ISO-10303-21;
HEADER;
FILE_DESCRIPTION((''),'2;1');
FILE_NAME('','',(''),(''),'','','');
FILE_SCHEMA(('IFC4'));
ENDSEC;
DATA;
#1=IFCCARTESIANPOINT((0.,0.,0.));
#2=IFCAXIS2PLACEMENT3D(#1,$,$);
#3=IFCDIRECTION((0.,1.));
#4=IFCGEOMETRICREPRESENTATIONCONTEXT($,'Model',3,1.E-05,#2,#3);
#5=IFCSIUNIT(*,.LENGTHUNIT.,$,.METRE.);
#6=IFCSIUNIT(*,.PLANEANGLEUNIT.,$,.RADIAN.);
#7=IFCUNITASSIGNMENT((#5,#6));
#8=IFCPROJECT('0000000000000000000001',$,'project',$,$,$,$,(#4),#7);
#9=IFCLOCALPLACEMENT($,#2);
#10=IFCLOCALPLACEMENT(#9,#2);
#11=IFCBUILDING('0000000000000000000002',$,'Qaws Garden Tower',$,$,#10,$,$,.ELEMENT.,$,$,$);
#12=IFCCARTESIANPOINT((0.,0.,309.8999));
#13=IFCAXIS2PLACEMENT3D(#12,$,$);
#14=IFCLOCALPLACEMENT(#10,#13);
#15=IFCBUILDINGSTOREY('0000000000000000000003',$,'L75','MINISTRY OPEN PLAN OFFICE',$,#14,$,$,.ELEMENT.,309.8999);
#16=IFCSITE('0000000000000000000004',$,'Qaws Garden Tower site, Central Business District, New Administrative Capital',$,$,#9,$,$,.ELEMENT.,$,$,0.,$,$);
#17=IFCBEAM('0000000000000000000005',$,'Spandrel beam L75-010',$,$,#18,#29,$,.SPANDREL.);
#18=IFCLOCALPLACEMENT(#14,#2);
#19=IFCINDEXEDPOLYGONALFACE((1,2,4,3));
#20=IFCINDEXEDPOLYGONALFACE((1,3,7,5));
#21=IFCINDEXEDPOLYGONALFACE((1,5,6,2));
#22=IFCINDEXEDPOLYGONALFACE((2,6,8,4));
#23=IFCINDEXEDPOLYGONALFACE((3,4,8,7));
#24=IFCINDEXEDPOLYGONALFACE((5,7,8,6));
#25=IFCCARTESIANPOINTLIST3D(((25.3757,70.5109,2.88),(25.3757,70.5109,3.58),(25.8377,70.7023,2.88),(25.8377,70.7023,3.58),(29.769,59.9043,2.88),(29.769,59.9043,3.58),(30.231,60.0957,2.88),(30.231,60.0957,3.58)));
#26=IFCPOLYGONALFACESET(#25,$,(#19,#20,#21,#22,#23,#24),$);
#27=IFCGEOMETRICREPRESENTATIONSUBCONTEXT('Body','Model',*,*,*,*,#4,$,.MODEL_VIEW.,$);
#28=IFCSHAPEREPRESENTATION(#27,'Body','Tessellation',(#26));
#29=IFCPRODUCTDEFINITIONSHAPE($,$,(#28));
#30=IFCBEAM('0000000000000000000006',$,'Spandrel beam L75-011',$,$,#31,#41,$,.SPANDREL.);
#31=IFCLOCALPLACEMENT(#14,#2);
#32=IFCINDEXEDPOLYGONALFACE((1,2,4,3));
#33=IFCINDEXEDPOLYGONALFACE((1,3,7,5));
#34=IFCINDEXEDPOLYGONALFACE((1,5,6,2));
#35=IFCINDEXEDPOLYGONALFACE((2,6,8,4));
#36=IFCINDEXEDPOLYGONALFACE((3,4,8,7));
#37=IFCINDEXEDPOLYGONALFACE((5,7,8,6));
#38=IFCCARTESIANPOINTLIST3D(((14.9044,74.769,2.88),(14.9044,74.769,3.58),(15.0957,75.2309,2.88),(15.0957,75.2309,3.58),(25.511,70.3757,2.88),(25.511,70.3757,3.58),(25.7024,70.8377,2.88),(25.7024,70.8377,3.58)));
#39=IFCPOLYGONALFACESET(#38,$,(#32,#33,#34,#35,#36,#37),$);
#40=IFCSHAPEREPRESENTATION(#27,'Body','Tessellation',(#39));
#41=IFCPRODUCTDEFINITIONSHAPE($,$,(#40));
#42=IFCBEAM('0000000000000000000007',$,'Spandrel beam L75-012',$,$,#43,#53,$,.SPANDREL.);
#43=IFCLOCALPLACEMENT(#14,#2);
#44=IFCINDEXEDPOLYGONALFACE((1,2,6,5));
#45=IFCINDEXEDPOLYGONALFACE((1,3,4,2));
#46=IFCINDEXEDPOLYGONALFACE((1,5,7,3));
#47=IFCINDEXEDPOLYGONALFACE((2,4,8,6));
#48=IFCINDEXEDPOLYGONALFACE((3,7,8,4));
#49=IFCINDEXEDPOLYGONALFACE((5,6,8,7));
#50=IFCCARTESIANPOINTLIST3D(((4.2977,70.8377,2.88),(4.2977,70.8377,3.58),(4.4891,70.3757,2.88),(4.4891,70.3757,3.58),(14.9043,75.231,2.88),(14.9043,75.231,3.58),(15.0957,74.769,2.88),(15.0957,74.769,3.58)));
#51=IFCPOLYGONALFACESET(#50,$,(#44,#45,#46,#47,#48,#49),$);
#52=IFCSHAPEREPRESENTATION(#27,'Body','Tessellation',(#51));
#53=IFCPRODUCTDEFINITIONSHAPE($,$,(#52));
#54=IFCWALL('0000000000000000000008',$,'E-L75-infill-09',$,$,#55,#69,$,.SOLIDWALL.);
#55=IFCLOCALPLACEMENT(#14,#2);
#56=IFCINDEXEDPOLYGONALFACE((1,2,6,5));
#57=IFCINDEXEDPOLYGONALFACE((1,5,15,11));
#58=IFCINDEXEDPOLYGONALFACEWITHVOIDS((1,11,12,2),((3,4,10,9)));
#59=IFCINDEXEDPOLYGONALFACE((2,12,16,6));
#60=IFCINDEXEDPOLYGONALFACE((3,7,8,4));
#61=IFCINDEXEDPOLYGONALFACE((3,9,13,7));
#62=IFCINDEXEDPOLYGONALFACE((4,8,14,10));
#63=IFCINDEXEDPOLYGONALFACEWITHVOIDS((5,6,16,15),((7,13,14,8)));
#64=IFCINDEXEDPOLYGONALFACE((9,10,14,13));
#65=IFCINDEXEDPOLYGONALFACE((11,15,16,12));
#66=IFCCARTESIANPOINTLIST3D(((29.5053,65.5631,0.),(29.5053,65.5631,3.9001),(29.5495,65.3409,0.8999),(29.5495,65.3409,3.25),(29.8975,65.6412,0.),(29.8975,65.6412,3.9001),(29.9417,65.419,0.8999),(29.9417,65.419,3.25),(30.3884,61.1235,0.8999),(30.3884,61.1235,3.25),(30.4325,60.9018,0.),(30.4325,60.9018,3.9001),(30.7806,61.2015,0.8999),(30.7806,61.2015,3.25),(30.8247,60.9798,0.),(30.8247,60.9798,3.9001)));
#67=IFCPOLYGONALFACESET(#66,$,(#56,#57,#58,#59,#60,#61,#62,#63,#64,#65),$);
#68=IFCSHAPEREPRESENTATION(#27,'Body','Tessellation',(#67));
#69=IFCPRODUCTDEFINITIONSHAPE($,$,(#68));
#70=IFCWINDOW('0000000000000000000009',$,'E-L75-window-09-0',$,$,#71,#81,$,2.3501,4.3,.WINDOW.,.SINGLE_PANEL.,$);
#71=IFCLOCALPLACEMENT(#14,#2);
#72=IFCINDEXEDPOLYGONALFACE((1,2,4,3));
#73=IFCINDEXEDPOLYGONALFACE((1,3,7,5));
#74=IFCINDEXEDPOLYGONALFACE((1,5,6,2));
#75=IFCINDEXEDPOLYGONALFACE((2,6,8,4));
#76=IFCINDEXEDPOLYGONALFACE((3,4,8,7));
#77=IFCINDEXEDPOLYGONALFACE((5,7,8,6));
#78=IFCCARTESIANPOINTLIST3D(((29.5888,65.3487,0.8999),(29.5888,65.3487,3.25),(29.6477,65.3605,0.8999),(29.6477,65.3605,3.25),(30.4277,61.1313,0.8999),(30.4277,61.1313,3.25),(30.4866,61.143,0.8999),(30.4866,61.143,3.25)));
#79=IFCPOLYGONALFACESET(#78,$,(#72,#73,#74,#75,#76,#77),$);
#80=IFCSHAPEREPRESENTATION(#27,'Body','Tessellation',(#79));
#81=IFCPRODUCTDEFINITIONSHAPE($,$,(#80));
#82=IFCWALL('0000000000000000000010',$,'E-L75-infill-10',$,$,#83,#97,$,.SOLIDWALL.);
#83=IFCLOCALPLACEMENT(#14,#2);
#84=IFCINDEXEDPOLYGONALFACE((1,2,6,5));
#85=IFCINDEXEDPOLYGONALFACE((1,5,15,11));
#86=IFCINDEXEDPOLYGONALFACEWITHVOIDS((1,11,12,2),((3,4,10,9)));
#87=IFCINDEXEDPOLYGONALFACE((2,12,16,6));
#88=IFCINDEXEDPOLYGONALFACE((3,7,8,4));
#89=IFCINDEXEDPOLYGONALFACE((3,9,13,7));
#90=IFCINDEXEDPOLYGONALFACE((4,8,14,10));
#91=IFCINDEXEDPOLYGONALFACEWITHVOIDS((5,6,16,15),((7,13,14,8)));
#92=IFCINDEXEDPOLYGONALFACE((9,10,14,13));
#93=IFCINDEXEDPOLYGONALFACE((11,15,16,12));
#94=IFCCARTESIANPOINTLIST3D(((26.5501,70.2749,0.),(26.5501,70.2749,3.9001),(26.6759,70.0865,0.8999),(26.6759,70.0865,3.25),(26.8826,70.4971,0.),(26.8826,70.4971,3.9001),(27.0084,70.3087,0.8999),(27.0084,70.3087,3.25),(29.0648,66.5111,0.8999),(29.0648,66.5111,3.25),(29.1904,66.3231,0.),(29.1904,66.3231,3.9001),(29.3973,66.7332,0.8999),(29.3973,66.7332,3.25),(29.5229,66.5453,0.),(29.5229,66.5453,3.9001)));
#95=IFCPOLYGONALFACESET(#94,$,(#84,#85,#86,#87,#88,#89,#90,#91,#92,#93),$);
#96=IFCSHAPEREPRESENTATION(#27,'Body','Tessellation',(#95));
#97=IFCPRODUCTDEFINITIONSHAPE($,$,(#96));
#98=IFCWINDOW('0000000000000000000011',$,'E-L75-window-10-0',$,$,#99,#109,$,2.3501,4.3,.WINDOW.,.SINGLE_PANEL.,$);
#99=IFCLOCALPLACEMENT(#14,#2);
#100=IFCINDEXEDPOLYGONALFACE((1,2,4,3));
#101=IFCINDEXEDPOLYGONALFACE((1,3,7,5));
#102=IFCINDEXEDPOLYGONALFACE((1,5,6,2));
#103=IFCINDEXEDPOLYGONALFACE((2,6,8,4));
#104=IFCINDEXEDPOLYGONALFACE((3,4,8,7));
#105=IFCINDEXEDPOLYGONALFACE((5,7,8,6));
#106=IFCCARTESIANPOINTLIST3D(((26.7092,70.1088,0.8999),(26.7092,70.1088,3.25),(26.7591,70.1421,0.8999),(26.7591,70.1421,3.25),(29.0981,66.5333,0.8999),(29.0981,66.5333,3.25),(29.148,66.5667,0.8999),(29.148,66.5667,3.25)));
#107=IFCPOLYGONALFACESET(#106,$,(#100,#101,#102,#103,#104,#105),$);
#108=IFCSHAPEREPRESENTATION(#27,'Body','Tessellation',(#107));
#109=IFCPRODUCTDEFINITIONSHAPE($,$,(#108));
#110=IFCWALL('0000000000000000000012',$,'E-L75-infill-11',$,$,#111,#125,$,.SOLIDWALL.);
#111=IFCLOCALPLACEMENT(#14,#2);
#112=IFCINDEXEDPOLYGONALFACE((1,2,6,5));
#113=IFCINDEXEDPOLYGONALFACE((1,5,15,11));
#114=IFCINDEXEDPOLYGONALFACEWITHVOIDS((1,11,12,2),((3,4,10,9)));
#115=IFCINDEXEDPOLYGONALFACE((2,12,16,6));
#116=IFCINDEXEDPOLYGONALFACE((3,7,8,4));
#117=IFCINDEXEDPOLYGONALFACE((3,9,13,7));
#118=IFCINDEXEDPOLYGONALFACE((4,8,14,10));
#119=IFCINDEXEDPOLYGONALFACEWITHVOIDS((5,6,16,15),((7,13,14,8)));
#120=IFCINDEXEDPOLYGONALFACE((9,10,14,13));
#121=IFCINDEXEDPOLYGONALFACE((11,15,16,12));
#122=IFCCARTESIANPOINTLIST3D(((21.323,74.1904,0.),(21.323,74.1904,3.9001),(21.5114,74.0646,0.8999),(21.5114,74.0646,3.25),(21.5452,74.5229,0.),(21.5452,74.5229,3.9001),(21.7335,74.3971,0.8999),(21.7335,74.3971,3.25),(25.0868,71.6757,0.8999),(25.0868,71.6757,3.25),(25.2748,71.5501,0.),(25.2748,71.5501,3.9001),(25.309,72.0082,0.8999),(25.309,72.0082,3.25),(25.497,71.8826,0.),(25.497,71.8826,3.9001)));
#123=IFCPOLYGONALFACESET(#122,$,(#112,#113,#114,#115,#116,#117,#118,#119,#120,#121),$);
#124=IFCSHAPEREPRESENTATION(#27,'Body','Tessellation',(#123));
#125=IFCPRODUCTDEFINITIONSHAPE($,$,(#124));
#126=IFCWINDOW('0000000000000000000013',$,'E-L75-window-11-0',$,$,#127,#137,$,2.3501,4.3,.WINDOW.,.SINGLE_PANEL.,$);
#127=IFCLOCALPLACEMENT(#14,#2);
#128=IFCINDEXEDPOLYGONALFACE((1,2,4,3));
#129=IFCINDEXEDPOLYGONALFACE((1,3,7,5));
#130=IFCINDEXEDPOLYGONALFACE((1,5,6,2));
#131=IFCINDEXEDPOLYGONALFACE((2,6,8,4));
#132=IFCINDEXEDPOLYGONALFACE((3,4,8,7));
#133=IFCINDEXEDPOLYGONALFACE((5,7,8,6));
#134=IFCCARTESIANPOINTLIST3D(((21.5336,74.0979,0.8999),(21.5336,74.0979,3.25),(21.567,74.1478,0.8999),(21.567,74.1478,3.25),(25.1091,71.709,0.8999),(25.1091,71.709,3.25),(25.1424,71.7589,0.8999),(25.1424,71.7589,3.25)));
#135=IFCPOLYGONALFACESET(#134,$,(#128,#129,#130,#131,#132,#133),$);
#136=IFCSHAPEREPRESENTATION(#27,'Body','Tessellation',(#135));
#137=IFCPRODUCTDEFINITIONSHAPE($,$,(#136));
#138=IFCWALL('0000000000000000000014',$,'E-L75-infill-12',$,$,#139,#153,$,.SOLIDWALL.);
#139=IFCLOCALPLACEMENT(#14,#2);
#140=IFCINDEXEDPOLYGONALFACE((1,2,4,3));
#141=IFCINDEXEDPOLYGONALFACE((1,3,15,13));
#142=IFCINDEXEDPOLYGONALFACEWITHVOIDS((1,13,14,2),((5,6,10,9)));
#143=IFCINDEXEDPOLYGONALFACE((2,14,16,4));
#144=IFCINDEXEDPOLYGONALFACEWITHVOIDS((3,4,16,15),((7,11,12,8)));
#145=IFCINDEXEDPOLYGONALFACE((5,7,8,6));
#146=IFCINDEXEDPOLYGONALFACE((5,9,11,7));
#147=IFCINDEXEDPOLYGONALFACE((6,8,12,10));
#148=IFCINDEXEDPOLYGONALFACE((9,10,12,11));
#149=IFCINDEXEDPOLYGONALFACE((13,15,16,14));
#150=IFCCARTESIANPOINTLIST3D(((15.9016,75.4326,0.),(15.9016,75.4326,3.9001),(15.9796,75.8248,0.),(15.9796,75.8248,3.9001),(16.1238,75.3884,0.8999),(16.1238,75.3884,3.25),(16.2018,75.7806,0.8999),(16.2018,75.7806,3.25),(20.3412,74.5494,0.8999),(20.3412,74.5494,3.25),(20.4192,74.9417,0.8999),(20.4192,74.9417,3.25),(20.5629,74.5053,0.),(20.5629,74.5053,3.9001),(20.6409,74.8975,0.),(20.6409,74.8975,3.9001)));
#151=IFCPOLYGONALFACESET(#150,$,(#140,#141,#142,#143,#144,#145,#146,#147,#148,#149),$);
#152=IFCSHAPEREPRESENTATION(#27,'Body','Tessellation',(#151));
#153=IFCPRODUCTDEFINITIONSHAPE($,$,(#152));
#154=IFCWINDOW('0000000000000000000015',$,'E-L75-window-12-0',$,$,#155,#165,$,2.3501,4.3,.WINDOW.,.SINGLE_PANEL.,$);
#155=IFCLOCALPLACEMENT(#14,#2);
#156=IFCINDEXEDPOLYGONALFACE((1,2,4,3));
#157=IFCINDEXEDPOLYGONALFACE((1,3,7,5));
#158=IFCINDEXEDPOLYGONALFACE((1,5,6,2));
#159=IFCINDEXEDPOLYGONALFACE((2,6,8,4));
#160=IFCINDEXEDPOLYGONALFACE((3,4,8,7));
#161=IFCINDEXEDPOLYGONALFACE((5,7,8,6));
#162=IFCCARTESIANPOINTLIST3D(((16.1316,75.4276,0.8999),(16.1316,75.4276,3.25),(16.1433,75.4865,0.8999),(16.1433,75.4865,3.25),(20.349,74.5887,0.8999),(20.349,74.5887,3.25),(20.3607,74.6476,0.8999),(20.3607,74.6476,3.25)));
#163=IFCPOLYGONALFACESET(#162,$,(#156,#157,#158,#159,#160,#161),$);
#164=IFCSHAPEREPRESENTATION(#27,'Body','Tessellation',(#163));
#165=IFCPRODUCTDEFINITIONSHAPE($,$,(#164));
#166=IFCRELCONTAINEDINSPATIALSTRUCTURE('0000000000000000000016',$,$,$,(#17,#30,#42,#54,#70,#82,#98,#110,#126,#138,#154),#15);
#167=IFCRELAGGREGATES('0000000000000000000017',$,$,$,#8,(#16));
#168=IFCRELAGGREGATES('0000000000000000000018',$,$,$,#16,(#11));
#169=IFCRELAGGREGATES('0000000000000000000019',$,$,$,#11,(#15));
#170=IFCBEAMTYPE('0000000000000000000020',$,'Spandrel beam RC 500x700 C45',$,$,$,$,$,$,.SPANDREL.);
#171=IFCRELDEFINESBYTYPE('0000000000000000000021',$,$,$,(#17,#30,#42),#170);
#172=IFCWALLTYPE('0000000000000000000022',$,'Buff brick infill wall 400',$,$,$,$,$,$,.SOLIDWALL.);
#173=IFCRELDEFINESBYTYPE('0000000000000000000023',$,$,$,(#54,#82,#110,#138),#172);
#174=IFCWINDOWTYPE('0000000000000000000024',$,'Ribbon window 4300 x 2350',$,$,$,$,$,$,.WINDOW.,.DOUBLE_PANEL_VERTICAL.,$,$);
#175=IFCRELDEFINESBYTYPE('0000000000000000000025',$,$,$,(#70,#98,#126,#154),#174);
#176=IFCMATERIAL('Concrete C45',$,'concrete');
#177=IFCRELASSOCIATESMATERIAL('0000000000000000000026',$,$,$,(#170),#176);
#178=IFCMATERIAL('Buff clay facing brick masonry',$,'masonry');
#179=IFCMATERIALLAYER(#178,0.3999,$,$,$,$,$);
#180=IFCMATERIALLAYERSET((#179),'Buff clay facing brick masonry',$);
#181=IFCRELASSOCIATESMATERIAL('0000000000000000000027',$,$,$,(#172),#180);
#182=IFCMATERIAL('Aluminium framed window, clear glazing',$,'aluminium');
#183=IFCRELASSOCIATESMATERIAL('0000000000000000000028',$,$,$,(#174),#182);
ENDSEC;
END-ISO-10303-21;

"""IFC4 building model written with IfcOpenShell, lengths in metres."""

from ifc_helpers import new_model, si_unit, direction, frame, frame_2d, origin, origin_2d, place, context, subcontext, project, spatial, rectangle, extrude, material, layer, layer_set, material_profile, profile_set, type_object, element, fill, save


model = new_model("IFC4")

# Units and contexts
model_context = context("Model", 3, precision=1e-05, world=origin(), true_north=direction((0.0, 1.0)))
body_context = subcontext(model_context, "Body", "Model", "MODEL_VIEW")
ifc_project = project(units=[si_unit("LENGTHUNIT", "METRE"), si_unit("PLANEANGLEUNIT", "RADIAN")], contexts=[model_context])

# Site, building, storey
site_placement = place(None, origin())
site = spatial("IfcSite", under=ifc_project, at=site_placement, Name="Qaws Garden Tower site, Central Business District, New Administrative Capital", CompositionType="ELEMENT", RefElevation=0.0)
building_placement = place(site_placement, origin())
building = spatial("IfcBuilding", under=site, at=building_placement, Name="Qaws Garden Tower", CompositionType="ELEMENT")
storey_placement = place(building_placement, frame((0.0, 0.0, 309.8999)))
storey = spatial("IfcBuildingStorey", under=building, at=storey_placement, Name="L75", Description="MINISTRY OPEN PLAN OFFICE", CompositionType="ELEMENT", Elevation=309.8999)

# Beams
ifc_material_1 = material(Name="Concrete C45", Category="concrete")
ifc_material_profile_1 = material_profile(ifc_material_1, rectangle(XDim=0.5, YDim=0.7, at=origin_2d()), Name="RC 500x700")
ifc_profile_set_1 = profile_set([ifc_material_profile_1], Name="Concrete C45")
beam_type = type_object("IfcBeamType", Name="Spandrel beam RC 500x700 C45", PredefinedType="SPANDREL", material=ifc_profile_set_1)
for number, where, z_axis, x_axis, name in (
    (1, (30.0, 60.0, 3.23), (-0.382674, 0.923883, 0.0), (-0.923883, -0.382674, 0.0), "Spandrel beam L75-010"),
    (2, (25.6067, 70.6067, 3.23), (-0.923883, 0.382674, 0.0), (-0.382674, -0.923883, 0.0), "Spandrel beam L75-011"),
    (3, (15.0, 75.0, 3.23), (-0.923883, -0.382674, 0.0), (0.382674, -0.923883, 0.0), "Spandrel beam L75-012"),
):
    element("IfcBeam", number, at=place(storey_placement, frame(where, z_axis=z_axis, x_axis=x_axis)), inside=storey, type_object=beam_type, Name=name, PredefinedType="SPANDREL", context=body_context, shape_type="SweptSolid", body=[
        extrude(rectangle(XDim=0.5, YDim=0.7, at=origin_2d()), origin(), (0.0, 0.0, 1.0), 11.4805),
    ])

# Walls, openings, windows
ifc_material_2 = material(Name="Buff clay facing brick masonry", Category="masonry")
ifc_layer_1 = layer(ifc_material_2, 0.3999)
ifc_layer_set_1 = layer_set([ifc_layer_1], Name="Buff clay facing brick masonry")
wall_type_1 = type_object("IfcWallType", Name="Buff brick infill wall 400", PredefinedType="SOLIDWALL", material=ifc_layer_set_1)
wall_1_placement = place(storey_placement, frame((30.6287, 60.9407, 0.0), z_axis=(0.0, 0.0, 1.0), x_axis=(-0.195099, 0.980784, 0.0)))
wall_1 = element("IfcWall", 4, at=wall_1_placement, inside=storey, type_object=wall_type_1, Name="E-L75-infill-09", PredefinedType="SOLIDWALL", context=body_context, shape_type="SweptSolid", body=[
    extrude(rectangle(XDim=4.7527, YDim=0.3999, at=frame_2d((2.3765, 0.0))), origin(), (0.0, 0.0, 1.0), 3.9001),
])
opening_1_placement = place(wall_1_placement, frame((0.2263, 0.0, 0.8999)))
opening_1 = element("IfcOpeningElement", 5, at=opening_1_placement, cuts=wall_1, PredefinedType="OPENING", context=body_context, shape_type="SweptSolid", body=[
    extrude(rectangle(XDim=4.3, YDim=2.3501, at=frame_2d((2.1499, 1.175))), frame((0.0, 0.21, 0.0), z_axis=(0.0, -1.0, 0.0), x_axis=(1.0, 0.0, 0.0)), (0.0, 0.0, 1.0), 0.4199),
])
ifc_material_3 = material(Name="Aluminium framed window, clear glazing", Category="aluminium")
window_type = type_object("IfcWindowType", Name="Ribbon window 4300 x 2350", PartitioningType="DOUBLE_PANEL_VERTICAL", PredefinedType="WINDOW", material=ifc_material_3)
window_1_placement = place(opening_1_placement, origin())
window_1 = element("IfcWindow", 6, at=window_1_placement, inside=storey, type_object=window_type, Name="E-L75-window-09-0", OverallHeight=2.3501, OverallWidth=4.3, PartitioningType="SINGLE_PANEL", PredefinedType="WINDOW", context=body_context, shape_type="SweptSolid", body=[
    extrude(rectangle(XDim=4.3, YDim=2.3501, at=frame_2d((2.1499, 1.175))), frame((0.0, 0.1599, 0.0), z_axis=(0.0, -1.0, 0.0), x_axis=(1.0, 0.0, 0.0)), (0.0, 0.0, 1.0), 0.0601),
])
fill(opening_1, window_1)
wall_2_placement = place(storey_placement, frame((29.3567, 66.4341, 0.0), z_axis=(0.0, 0.0, 1.0), x_axis=(-0.555542, 0.831489, 0.0)))
wall_2 = element("IfcWall", 7, at=wall_2_placement, inside=storey, type_object=wall_type_1, Name="E-L75-infill-10", PredefinedType="SOLIDWALL", context=body_context, shape_type="SweptSolid", body=[
    extrude(rectangle(XDim=4.7527, YDim=0.3999, at=frame_2d((2.3765, 0.0))), origin(), (0.0, 0.0, 1.0), 3.9001),
])
opening_2_placement = place(wall_2_placement, frame((0.2263, 0.0, 0.8999)))
opening_2 = element("IfcOpeningElement", 8, at=opening_2_placement, cuts=wall_2, PredefinedType="OPENING", context=body_context, shape_type="SweptSolid", body=[
    extrude(rectangle(XDim=4.3, YDim=2.3501, at=frame_2d((2.1499, 1.175))), frame((0.0, 0.21, 0.0), z_axis=(0.0, -1.0, 0.0), x_axis=(1.0, 0.0, 0.0)), (0.0, 0.0, 1.0), 0.4199),
])
window_2_placement = place(opening_2_placement, origin())
window_2 = element("IfcWindow", 9, at=window_2_placement, inside=storey, type_object=window_type, Name="E-L75-window-10-0", OverallHeight=2.3501, OverallWidth=4.3, PartitioningType="SINGLE_PANEL", PredefinedType="WINDOW", context=body_context, shape_type="SweptSolid", body=[
    extrude(rectangle(XDim=4.3, YDim=2.3501, at=frame_2d((2.1499, 1.175))), frame((0.0, 0.1599, 0.0), z_axis=(0.0, -1.0, 0.0), x_axis=(1.0, 0.0, 0.0)), (0.0, 0.0, 1.0), 0.0601),
])
fill(opening_2, window_2)
wall_3_placement = place(storey_placement, frame((25.386, 71.7163, 0.0), z_axis=(0.0, 0.0, 1.0), x_axis=(-0.831489, 0.555542, 0.0)))
wall_3 = element("IfcWall", 10, at=wall_3_placement, inside=storey, type_object=wall_type_1, Name="E-L75-infill-11", PredefinedType="SOLIDWALL", context=body_context, shape_type="SweptSolid", body=[
    extrude(rectangle(XDim=4.7527, YDim=0.3999, at=frame_2d((2.3765, 0.0))), origin(), (0.0, 0.0, 1.0), 3.9001),
])
opening_3_placement = place(wall_3_placement, frame((0.2263, 0.0, 0.8999)))
opening_3 = element("IfcOpeningElement", 11, at=opening_3_placement, cuts=wall_3, PredefinedType="OPENING", context=body_context, shape_type="SweptSolid", body=[
    extrude(rectangle(XDim=4.3, YDim=2.3501, at=frame_2d((2.1499, 1.175))), frame((0.0, 0.21, 0.0), z_axis=(0.0, -1.0, 0.0), x_axis=(1.0, 0.0, 0.0)), (0.0, 0.0, 1.0), 0.4199),
])
window_3_placement = place(opening_3_placement, origin())
window_3 = element("IfcWindow", 12, at=window_3_placement, inside=storey, type_object=window_type, Name="E-L75-window-11-0", OverallHeight=2.3501, OverallWidth=4.3, PartitioningType="SINGLE_PANEL", PredefinedType="WINDOW", context=body_context, shape_type="SweptSolid", body=[
    extrude(rectangle(XDim=4.3, YDim=2.3501, at=frame_2d((2.1499, 1.175))), frame((0.0, 0.1599, 0.0), z_axis=(0.0, -1.0, 0.0), x_axis=(1.0, 0.0, 0.0)), (0.0, 0.0, 1.0), 0.0601),
])
fill(opening_3, window_3)
wall_4_placement = place(storey_placement, frame((20.6021, 74.7014, 0.0), z_axis=(0.0, 0.0, 1.0), x_axis=(-0.980784, 0.195099, 0.0)))
wall_4 = element("IfcWall", 13, at=wall_4_placement, inside=storey, type_object=wall_type_1, Name="E-L75-infill-12", PredefinedType="SOLIDWALL", context=body_context, shape_type="SweptSolid", body=[
    extrude(rectangle(XDim=4.7527, YDim=0.3999, at=frame_2d((2.3765, 0.0))), origin(), (0.0, 0.0, 1.0), 3.9001),
])
opening_4_placement = place(wall_4_placement, frame((0.2263, 0.0, 0.8999)))
opening_4 = element("IfcOpeningElement", 14, at=opening_4_placement, cuts=wall_4, PredefinedType="OPENING", context=body_context, shape_type="SweptSolid", body=[
    extrude(rectangle(XDim=4.3, YDim=2.3501, at=frame_2d((2.1499, 1.175))), frame((0.0, 0.21, 0.0), z_axis=(0.0, -1.0, 0.0), x_axis=(1.0, 0.0, 0.0)), (0.0, 0.0, 1.0), 0.4199),
])
window_4_placement = place(opening_4_placement, origin())
window_4 = element("IfcWindow", 15, at=window_4_placement, inside=storey, type_object=window_type, Name="E-L75-window-12-0", OverallHeight=2.3501, OverallWidth=4.3, PartitioningType="SINGLE_PANEL", PredefinedType="WINDOW", context=body_context, shape_type="SweptSolid", body=[
    extrude(rectangle(XDim=4.3, YDim=2.3501, at=frame_2d((2.1499, 1.175))), frame((0.0, 0.1599, 0.0), z_axis=(0.0, -1.0, 0.0), x_axis=(1.0, 0.0, 0.0)), (0.0, 0.0, 1.0), 0.0601),
])
fill(opening_4, window_4)

save(model, "model.ifc")
